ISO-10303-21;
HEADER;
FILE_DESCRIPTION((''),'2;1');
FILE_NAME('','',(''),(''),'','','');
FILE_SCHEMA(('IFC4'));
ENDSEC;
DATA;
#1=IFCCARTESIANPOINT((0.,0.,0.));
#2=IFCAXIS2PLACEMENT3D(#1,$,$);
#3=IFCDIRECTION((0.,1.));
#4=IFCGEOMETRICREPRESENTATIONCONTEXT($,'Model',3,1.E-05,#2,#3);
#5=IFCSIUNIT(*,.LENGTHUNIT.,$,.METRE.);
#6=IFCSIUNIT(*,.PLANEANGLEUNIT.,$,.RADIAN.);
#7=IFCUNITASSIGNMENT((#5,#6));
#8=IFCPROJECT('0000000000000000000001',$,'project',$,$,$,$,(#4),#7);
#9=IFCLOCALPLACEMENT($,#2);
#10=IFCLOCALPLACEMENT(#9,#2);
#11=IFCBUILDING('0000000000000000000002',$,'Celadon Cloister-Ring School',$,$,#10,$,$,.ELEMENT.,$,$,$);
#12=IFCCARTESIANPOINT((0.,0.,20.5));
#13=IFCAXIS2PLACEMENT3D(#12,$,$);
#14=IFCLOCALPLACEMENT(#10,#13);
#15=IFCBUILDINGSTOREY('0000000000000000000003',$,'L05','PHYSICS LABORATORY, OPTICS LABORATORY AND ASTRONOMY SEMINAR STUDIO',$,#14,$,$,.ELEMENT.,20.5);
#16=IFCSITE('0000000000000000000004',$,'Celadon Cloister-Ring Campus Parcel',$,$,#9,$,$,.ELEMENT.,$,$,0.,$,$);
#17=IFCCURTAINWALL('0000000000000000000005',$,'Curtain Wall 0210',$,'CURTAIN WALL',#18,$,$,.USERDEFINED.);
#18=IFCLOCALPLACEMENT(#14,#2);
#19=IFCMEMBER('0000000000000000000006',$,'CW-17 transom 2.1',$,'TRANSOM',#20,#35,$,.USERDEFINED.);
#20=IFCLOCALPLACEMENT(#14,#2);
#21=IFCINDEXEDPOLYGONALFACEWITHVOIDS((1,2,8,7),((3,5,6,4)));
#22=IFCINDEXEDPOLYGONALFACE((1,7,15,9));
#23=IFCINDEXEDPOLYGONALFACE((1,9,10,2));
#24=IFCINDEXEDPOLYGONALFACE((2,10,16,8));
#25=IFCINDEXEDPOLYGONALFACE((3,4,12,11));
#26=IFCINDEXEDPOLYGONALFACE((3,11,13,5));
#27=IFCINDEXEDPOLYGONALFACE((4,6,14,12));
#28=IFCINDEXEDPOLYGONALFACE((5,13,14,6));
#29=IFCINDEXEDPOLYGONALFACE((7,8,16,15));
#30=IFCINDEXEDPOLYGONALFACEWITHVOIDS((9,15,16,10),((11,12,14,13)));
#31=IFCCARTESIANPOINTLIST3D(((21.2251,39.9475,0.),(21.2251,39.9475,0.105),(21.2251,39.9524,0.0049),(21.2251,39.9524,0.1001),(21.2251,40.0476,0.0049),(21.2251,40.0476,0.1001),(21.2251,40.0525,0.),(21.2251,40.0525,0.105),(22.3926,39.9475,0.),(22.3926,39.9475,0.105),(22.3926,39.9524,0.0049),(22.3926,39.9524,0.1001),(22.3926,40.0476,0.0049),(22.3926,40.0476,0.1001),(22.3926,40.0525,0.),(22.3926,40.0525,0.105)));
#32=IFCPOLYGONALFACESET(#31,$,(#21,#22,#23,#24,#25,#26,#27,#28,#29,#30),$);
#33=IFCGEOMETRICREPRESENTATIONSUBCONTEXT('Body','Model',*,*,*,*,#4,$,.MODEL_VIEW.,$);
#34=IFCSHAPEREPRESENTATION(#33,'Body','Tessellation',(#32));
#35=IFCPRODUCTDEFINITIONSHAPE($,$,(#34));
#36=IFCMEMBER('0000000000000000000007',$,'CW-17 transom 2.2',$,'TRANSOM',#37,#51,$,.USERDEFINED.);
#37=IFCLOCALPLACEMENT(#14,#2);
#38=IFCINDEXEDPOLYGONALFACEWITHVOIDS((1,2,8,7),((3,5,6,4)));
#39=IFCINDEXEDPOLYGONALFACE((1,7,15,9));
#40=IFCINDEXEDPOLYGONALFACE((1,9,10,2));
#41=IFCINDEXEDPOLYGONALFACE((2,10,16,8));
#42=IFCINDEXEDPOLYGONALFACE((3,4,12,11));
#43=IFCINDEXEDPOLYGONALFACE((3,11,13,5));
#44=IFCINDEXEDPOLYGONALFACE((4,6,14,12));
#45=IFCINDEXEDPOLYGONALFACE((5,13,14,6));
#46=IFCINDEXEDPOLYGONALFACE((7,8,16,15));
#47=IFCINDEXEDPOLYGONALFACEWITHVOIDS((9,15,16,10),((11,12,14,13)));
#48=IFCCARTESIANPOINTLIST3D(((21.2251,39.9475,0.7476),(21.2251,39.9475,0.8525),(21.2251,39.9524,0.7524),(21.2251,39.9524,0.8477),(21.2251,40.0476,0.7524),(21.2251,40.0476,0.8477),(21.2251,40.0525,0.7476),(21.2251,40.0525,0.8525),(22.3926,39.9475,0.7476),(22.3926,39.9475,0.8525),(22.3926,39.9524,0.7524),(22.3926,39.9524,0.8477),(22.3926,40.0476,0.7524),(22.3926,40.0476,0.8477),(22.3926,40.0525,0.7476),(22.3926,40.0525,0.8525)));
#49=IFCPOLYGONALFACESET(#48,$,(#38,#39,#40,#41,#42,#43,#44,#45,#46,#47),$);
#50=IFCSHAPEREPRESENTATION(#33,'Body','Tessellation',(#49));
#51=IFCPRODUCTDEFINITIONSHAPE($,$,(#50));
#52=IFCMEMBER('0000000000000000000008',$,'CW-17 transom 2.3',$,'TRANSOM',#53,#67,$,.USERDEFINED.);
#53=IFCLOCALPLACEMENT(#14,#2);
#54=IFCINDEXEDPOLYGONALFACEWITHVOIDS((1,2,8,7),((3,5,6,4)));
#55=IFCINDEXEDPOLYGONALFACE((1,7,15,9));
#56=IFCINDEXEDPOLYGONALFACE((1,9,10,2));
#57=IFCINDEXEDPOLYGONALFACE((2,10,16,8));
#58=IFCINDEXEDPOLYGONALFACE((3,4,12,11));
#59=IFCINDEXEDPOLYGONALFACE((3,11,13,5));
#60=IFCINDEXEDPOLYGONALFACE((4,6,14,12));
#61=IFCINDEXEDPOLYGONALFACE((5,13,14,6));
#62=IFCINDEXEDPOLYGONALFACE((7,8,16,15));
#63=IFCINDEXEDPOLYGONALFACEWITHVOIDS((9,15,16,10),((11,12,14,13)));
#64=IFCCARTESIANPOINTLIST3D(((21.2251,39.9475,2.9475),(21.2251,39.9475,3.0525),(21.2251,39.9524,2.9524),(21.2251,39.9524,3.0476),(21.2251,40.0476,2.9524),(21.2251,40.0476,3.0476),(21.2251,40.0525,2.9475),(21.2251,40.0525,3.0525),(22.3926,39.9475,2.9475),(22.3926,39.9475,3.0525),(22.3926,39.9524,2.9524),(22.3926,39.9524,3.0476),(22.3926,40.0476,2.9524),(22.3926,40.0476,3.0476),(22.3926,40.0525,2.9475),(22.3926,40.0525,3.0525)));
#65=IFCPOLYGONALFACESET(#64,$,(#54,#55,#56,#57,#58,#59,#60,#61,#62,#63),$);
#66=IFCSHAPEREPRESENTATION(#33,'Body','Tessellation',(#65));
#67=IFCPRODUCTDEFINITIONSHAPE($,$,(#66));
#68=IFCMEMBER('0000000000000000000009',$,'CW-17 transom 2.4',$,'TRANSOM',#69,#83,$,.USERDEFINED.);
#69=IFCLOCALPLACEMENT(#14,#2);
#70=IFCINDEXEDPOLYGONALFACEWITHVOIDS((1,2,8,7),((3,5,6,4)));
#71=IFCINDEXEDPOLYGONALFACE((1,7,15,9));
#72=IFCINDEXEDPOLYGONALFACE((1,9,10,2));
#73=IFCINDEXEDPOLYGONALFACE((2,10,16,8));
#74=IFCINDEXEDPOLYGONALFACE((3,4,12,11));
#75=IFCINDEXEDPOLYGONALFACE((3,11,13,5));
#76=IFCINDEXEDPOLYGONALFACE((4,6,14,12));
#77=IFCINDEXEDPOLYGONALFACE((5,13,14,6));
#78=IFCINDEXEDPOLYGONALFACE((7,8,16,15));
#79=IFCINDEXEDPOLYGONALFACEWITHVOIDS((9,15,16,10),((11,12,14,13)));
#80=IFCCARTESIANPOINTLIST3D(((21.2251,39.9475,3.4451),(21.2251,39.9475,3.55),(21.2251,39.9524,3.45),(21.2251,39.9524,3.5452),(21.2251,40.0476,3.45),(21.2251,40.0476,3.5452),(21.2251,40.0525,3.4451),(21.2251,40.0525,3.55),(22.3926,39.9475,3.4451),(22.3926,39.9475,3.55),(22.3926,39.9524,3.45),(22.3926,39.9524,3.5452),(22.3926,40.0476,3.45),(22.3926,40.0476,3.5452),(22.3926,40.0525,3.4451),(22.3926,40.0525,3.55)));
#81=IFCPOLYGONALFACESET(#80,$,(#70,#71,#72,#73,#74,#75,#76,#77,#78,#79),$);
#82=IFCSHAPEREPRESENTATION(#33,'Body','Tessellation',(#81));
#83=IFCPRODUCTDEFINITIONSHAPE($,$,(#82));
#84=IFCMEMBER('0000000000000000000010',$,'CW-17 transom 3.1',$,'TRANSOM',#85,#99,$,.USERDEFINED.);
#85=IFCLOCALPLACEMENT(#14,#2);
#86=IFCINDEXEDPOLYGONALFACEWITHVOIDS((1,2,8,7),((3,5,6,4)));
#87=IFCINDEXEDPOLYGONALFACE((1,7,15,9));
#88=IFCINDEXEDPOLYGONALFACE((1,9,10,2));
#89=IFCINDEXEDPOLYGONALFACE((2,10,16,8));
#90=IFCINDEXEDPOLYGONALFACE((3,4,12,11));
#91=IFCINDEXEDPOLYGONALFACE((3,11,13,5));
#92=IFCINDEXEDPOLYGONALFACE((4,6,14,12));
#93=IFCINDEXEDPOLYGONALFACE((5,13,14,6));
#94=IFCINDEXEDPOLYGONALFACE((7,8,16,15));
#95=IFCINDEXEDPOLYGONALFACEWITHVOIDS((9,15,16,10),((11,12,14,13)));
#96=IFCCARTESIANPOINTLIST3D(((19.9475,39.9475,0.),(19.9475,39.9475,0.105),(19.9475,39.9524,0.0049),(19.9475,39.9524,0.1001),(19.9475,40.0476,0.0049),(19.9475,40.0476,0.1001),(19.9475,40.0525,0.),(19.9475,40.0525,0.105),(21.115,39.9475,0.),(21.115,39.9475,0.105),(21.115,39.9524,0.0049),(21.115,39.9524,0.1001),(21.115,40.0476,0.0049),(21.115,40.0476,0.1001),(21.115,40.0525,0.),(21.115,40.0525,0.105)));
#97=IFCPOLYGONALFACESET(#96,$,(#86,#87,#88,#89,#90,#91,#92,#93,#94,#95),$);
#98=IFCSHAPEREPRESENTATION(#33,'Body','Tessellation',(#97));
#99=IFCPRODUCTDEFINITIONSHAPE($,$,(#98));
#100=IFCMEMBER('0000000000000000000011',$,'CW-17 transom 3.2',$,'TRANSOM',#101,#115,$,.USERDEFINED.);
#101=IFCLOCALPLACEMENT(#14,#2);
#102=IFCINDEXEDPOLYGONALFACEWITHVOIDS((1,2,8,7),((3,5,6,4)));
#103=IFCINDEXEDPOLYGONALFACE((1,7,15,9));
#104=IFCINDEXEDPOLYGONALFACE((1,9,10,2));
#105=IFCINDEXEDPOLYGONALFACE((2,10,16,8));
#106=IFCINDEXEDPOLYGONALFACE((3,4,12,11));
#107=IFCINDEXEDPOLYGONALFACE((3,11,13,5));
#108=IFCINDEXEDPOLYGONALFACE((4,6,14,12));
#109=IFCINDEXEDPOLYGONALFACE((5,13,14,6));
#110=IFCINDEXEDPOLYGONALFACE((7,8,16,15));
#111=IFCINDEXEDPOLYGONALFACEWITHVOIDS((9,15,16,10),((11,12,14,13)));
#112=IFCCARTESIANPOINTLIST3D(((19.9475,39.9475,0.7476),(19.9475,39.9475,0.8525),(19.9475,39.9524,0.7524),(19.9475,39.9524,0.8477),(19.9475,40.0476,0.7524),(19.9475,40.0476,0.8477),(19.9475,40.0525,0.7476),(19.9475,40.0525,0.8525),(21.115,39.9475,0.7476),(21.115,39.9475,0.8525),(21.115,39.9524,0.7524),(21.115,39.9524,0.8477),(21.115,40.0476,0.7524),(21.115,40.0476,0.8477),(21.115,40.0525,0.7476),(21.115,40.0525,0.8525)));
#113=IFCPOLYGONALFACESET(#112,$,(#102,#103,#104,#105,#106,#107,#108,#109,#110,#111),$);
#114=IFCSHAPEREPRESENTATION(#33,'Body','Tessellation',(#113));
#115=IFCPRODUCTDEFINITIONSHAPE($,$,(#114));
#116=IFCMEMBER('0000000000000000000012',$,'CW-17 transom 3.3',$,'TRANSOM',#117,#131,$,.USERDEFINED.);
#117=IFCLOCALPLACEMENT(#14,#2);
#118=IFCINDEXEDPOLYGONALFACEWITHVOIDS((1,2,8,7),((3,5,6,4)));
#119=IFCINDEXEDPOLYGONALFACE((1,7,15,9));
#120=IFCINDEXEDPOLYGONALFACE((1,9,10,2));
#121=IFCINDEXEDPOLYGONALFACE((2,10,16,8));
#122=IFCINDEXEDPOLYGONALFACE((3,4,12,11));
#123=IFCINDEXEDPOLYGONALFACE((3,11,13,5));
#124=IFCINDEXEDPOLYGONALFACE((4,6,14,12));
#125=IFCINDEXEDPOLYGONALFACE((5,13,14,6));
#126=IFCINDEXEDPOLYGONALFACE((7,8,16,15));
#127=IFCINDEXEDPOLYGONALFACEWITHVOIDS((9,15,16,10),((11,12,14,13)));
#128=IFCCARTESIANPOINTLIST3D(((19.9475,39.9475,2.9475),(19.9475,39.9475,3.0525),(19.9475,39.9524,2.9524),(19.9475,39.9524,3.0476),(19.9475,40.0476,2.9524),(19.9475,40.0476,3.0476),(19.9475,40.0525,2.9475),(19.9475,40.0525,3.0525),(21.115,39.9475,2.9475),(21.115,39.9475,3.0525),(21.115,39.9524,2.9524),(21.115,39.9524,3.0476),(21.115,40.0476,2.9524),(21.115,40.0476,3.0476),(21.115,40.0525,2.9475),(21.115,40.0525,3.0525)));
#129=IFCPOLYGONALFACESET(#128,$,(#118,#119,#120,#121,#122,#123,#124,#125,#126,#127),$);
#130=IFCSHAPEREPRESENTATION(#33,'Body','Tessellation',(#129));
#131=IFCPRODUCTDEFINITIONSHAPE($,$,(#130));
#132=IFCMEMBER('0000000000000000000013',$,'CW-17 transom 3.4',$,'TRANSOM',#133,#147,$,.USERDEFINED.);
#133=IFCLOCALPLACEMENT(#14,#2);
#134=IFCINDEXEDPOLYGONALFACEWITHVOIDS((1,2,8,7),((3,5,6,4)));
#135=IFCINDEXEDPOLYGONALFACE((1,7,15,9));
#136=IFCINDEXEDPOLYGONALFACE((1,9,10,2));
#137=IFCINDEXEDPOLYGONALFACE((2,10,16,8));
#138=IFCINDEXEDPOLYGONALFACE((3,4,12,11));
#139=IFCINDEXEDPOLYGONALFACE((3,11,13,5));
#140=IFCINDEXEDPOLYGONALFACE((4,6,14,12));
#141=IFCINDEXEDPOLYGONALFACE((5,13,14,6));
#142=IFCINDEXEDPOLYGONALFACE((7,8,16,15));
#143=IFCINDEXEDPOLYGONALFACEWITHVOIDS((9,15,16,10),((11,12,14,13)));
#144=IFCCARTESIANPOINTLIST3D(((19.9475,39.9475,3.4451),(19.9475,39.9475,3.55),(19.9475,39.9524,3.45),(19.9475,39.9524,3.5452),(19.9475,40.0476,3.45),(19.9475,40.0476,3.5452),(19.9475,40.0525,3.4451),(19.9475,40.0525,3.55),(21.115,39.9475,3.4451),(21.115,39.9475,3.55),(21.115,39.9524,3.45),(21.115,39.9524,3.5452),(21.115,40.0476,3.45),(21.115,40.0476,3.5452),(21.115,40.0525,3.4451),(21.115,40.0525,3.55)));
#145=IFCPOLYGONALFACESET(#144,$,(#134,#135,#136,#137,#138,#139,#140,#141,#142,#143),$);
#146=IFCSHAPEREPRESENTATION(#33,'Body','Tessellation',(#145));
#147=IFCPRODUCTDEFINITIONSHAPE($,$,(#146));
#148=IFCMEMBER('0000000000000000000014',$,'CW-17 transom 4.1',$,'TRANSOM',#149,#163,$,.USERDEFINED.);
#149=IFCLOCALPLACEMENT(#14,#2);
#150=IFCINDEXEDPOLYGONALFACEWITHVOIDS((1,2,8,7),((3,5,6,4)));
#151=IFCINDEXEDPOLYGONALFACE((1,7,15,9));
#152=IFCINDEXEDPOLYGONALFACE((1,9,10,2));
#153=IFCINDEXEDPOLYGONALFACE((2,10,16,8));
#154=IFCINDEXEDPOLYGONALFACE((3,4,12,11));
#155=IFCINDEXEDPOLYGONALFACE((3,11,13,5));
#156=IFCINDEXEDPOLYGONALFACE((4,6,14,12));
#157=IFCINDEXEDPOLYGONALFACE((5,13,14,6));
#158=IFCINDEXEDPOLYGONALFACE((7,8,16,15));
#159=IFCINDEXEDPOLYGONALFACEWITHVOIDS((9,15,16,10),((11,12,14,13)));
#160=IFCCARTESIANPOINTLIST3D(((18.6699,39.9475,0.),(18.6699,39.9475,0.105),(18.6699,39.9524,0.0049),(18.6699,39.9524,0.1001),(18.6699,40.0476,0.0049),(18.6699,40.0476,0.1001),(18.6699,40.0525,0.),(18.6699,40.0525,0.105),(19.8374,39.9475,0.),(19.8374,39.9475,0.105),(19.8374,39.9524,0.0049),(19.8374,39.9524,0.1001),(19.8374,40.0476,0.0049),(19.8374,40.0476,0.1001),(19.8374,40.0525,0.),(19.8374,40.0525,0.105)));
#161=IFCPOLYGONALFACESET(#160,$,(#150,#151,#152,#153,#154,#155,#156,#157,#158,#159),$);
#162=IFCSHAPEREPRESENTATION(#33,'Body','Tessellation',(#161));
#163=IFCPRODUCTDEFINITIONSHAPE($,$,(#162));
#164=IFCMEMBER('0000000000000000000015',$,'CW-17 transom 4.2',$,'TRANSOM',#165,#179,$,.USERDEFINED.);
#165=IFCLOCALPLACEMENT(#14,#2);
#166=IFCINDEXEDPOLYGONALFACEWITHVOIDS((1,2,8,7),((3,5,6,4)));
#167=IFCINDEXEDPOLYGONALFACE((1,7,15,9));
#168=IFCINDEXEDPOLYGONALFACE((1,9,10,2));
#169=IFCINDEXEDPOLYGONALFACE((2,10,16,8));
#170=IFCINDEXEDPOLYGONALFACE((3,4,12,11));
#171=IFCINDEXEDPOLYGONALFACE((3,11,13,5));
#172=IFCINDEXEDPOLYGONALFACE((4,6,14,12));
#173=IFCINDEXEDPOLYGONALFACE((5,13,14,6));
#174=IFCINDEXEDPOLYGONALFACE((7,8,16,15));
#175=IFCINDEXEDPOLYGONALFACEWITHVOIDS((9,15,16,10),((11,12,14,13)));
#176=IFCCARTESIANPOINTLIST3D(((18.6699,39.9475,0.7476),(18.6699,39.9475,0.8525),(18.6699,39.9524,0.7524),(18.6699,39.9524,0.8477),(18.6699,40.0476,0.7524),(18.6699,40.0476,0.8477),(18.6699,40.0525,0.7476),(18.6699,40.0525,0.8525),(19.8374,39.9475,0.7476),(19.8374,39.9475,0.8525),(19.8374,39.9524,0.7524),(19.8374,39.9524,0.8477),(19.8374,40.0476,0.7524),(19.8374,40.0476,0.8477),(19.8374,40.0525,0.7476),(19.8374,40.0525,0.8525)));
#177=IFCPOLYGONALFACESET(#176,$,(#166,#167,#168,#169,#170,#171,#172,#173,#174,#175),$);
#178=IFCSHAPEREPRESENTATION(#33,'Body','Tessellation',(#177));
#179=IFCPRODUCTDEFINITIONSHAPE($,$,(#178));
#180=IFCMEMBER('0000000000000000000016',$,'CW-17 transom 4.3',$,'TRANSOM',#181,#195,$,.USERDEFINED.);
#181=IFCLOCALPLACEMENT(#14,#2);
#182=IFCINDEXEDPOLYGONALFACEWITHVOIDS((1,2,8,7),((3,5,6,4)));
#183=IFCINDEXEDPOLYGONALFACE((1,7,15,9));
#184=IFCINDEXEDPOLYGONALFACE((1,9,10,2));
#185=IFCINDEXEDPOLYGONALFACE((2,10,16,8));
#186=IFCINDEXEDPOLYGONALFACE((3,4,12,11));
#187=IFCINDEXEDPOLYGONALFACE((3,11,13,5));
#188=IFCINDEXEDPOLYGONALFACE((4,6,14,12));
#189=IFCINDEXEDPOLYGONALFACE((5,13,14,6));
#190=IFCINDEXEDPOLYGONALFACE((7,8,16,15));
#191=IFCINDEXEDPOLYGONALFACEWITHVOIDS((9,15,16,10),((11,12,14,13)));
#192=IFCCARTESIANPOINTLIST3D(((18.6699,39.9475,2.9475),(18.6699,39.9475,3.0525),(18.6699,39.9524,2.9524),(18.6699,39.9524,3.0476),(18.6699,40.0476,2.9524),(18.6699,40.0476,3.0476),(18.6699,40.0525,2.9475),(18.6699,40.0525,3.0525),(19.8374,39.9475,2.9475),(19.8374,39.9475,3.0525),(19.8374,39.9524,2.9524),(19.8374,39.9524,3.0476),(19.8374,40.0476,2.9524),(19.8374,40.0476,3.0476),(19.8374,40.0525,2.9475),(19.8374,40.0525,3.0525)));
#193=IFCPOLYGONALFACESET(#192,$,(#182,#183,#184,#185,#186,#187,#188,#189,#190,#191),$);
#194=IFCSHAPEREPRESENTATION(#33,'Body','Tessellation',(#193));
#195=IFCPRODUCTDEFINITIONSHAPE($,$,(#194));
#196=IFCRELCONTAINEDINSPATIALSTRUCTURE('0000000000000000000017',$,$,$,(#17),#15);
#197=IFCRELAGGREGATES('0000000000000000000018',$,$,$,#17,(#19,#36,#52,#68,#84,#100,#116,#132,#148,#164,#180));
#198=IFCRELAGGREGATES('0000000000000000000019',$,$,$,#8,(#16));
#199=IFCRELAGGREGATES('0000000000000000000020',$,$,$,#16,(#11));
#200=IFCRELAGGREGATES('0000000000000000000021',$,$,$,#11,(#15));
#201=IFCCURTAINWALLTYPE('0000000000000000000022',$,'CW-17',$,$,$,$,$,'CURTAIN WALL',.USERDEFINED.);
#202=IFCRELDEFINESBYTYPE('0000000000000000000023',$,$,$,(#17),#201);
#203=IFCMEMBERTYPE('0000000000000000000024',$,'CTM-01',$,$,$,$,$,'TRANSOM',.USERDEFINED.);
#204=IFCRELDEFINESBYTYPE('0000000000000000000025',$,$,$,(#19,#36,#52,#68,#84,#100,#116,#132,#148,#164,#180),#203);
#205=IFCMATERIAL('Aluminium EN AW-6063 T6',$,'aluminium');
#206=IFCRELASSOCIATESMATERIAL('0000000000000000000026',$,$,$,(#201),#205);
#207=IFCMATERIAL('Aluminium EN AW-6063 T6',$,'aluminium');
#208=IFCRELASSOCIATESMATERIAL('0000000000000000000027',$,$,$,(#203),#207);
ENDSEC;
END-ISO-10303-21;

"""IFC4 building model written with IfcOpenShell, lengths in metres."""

from ifc_helpers import new_model, si_unit, direction, frame, origin, origin_2d, place, context, subcontext, project, spatial, hollow_rectangle, extrude, material, material_profile, profile_set, type_object, element, aggregate, save


model = new_model("IFC4")

# Units and contexts
model_context = context("Model", 3, precision=1e-05, world=origin(), true_north=direction((0.0, 1.0)))
body_context = subcontext(model_context, "Body", "Model", "MODEL_VIEW")
ifc_project = project(units=[si_unit("LENGTHUNIT", "METRE"), si_unit("PLANEANGLEUNIT", "RADIAN")], contexts=[model_context])

# Site, building, storey
site_placement = place(None, origin())
site = spatial("IfcSite", under=ifc_project, at=site_placement, Name="Celadon Cloister-Ring Campus Parcel", CompositionType="ELEMENT", RefElevation=0.0)
building_placement = place(site_placement, origin())
building = spatial("IfcBuilding", under=site, at=building_placement, Name="Celadon Cloister-Ring School", CompositionType="ELEMENT")
storey_placement = place(building_placement, frame((0.0, 0.0, 20.5)))
storey = spatial("IfcBuildingStorey", under=building, at=storey_placement, Name="L05", Description="PHYSICS LABORATORY, OPTICS LABORATORY AND ASTRONOMY SEMINAR STUDIO", CompositionType="ELEMENT", Elevation=20.5)

# Curtain wall, members
ifc_material_1 = material(Name="Aluminium EN AW-6063 T6", Category="aluminium")
curtain_wall_type = type_object("IfcCurtainWallType", Name="CW-17", ElementType="CURTAIN WALL", PredefinedType="USERDEFINED", material=ifc_material_1)
curtain_wall_placement = place(storey_placement, origin())
curtain_wall = element("IfcCurtainWall", 1, at=curtain_wall_placement, inside=storey, type_object=curtain_wall_type, Name="Curtain Wall 0210", ObjectType="CURTAIN WALL", PredefinedType="USERDEFINED")
ifc_material_2 = material(Name="Aluminium EN AW-6063 T6", Category="aluminium")
ifc_material_profile = material_profile(ifc_material_2, hollow_rectangle(XDim=0.105, YDim=0.105, WallThickness=0.0049, at=origin_2d()), Name="RHS105X105X5")
ifc_profile_set = profile_set([ifc_material_profile], Name="Aluminium EN AW-6063 T6")
member_type = type_object("IfcMemberType", Name="CTM-01", ElementType="TRANSOM", PredefinedType="USERDEFINED", material=ifc_profile_set)
member_1_placement = place(storey_placement, frame((22.3926, 40.0, 0.0525), z_axis=(-1.0, 0.0, 0.0), x_axis=(0.0, -1.0, 0.0)))
member_1 = element("IfcMember", 2, at=member_1_placement, type_object=member_type, Name="CW-17 transom 2.1", ObjectType="TRANSOM", PredefinedType="USERDEFINED", context=body_context, shape_type="SweptSolid", body=[
    extrude(hollow_rectangle(XDim=0.105, YDim=0.105, WallThickness=0.0049, at=origin_2d()), origin(), (0.0, 0.0, 1.0), 1.1675),
])
member_2_placement = place(storey_placement, frame((22.3926, 40.0, 0.8), z_axis=(-1.0, 0.0, 0.0), x_axis=(0.0, -1.0, 0.0)))
member_2 = element("IfcMember", 3, at=member_2_placement, type_object=member_type, Name="CW-17 transom 2.2", ObjectType="TRANSOM", PredefinedType="USERDEFINED", context=body_context, shape_type="SweptSolid", body=[
    extrude(hollow_rectangle(XDim=0.105, YDim=0.105, WallThickness=0.0049, at=origin_2d()), origin(), (0.0, 0.0, 1.0), 1.1675),
])
member_3_placement = place(storey_placement, frame((22.3926, 40.0, 3.0), z_axis=(-1.0, 0.0, 0.0), x_axis=(0.0, -1.0, 0.0)))
member_3 = element("IfcMember", 4, at=member_3_placement, type_object=member_type, Name="CW-17 transom 2.3", ObjectType="TRANSOM", PredefinedType="USERDEFINED", context=body_context, shape_type="SweptSolid", body=[
    extrude(hollow_rectangle(XDim=0.105, YDim=0.105, WallThickness=0.0049, at=origin_2d()), origin(), (0.0, 0.0, 1.0), 1.1675),
])
member_4_placement = place(storey_placement, frame((22.3926, 40.0, 3.4976), z_axis=(-1.0, 0.0, 0.0), x_axis=(0.0, -1.0, 0.0)))
member_4 = element("IfcMember", 5, at=member_4_placement, type_object=member_type, Name="CW-17 transom 2.4", ObjectType="TRANSOM", PredefinedType="USERDEFINED", context=body_context, shape_type="SweptSolid", body=[
    extrude(hollow_rectangle(XDim=0.105, YDim=0.105, WallThickness=0.0049, at=origin_2d()), origin(), (0.0, 0.0, 1.0), 1.1675),
])
member_5_placement = place(storey_placement, frame((21.115, 40.0, 0.0525), z_axis=(-1.0, 0.0, 0.0), x_axis=(0.0, -1.0, 0.0)))
member_5 = element("IfcMember", 6, at=member_5_placement, type_object=member_type, Name="CW-17 transom 3.1", ObjectType="TRANSOM", PredefinedType="USERDEFINED", context=body_context, shape_type="SweptSolid", body=[
    extrude(hollow_rectangle(XDim=0.105, YDim=0.105, WallThickness=0.0049, at=origin_2d()), origin(), (0.0, 0.0, 1.0), 1.1675),
])
member_6_placement = place(storey_placement, frame((21.115, 40.0, 0.8), z_axis=(-1.0, 0.0, 0.0), x_axis=(0.0, -1.0, 0.0)))
member_6 = element("IfcMember", 7, at=member_6_placement, type_object=member_type, Name="CW-17 transom 3.2", ObjectType="TRANSOM", PredefinedType="USERDEFINED", context=body_context, shape_type="SweptSolid", body=[
    extrude(hollow_rectangle(XDim=0.105, YDim=0.105, WallThickness=0.0049, at=origin_2d()), origin(), (0.0, 0.0, 1.0), 1.1675),
])
member_7_placement = place(storey_placement, frame((21.115, 40.0, 3.0), z_axis=(-1.0, 0.0, 0.0), x_axis=(0.0, -1.0, 0.0)))
member_7 = element("IfcMember", 8, at=member_7_placement, type_object=member_type, Name="CW-17 transom 3.3", ObjectType="TRANSOM", PredefinedType="USERDEFINED", context=body_context, shape_type="SweptSolid", body=[
    extrude(hollow_rectangle(XDim=0.105, YDim=0.105, WallThickness=0.0049, at=origin_2d()), origin(), (0.0, 0.0, 1.0), 1.1675),
])
member_8_placement = place(storey_placement, frame((21.115, 40.0, 3.4976), z_axis=(-1.0, 0.0, 0.0), x_axis=(0.0, -1.0, 0.0)))
member_8 = element("IfcMember", 9, at=member_8_placement, type_object=member_type, Name="CW-17 transom 3.4", ObjectType="TRANSOM", PredefinedType="USERDEFINED", context=body_context, shape_type="SweptSolid", body=[
    extrude(hollow_rectangle(XDim=0.105, YDim=0.105, WallThickness=0.0049, at=origin_2d()), origin(), (0.0, 0.0, 1.0), 1.1675),
])
member_9_placement = place(storey_placement, frame((19.8374, 40.0, 0.0525), z_axis=(-1.0, 0.0, 0.0), x_axis=(0.0, -1.0, 0.0)))
member_9 = element("IfcMember", 10, at=member_9_placement, type_object=member_type, Name="CW-17 transom 4.1", ObjectType="TRANSOM", PredefinedType="USERDEFINED", context=body_context, shape_type="SweptSolid", body=[
    extrude(hollow_rectangle(XDim=0.105, YDim=0.105, WallThickness=0.0049, at=origin_2d()), origin(), (0.0, 0.0, 1.0), 1.1675),
])
member_10_placement = place(storey_placement, frame((19.8374, 40.0, 0.8), z_axis=(-1.0, 0.0, 0.0), x_axis=(0.0, -1.0, 0.0)))
member_10 = element("IfcMember", 11, at=member_10_placement, type_object=member_type, Name="CW-17 transom 4.2", ObjectType="TRANSOM", PredefinedType="USERDEFINED", context=body_context, shape_type="SweptSolid", body=[
    extrude(hollow_rectangle(XDim=0.105, YDim=0.105, WallThickness=0.0049, at=origin_2d()), origin(), (0.0, 0.0, 1.0), 1.1675),
])
member_11_placement = place(storey_placement, frame((19.8374, 40.0, 3.0), z_axis=(-1.0, 0.0, 0.0), x_axis=(0.0, -1.0, 0.0)))
member_11 = element("IfcMember", 12, at=member_11_placement, type_object=member_type, Name="CW-17 transom 4.3", ObjectType="TRANSOM", PredefinedType="USERDEFINED", context=body_context, shape_type="SweptSolid", body=[
    extrude(hollow_rectangle(XDim=0.105, YDim=0.105, WallThickness=0.0049, at=origin_2d()), origin(), (0.0, 0.0, 1.0), 1.1675),
])
aggregate(curtain_wall, [member_1, member_2, member_3, member_4, member_5, member_6, member_7, member_8, member_9, member_10, member_11])

save(model, "model.ifc")
